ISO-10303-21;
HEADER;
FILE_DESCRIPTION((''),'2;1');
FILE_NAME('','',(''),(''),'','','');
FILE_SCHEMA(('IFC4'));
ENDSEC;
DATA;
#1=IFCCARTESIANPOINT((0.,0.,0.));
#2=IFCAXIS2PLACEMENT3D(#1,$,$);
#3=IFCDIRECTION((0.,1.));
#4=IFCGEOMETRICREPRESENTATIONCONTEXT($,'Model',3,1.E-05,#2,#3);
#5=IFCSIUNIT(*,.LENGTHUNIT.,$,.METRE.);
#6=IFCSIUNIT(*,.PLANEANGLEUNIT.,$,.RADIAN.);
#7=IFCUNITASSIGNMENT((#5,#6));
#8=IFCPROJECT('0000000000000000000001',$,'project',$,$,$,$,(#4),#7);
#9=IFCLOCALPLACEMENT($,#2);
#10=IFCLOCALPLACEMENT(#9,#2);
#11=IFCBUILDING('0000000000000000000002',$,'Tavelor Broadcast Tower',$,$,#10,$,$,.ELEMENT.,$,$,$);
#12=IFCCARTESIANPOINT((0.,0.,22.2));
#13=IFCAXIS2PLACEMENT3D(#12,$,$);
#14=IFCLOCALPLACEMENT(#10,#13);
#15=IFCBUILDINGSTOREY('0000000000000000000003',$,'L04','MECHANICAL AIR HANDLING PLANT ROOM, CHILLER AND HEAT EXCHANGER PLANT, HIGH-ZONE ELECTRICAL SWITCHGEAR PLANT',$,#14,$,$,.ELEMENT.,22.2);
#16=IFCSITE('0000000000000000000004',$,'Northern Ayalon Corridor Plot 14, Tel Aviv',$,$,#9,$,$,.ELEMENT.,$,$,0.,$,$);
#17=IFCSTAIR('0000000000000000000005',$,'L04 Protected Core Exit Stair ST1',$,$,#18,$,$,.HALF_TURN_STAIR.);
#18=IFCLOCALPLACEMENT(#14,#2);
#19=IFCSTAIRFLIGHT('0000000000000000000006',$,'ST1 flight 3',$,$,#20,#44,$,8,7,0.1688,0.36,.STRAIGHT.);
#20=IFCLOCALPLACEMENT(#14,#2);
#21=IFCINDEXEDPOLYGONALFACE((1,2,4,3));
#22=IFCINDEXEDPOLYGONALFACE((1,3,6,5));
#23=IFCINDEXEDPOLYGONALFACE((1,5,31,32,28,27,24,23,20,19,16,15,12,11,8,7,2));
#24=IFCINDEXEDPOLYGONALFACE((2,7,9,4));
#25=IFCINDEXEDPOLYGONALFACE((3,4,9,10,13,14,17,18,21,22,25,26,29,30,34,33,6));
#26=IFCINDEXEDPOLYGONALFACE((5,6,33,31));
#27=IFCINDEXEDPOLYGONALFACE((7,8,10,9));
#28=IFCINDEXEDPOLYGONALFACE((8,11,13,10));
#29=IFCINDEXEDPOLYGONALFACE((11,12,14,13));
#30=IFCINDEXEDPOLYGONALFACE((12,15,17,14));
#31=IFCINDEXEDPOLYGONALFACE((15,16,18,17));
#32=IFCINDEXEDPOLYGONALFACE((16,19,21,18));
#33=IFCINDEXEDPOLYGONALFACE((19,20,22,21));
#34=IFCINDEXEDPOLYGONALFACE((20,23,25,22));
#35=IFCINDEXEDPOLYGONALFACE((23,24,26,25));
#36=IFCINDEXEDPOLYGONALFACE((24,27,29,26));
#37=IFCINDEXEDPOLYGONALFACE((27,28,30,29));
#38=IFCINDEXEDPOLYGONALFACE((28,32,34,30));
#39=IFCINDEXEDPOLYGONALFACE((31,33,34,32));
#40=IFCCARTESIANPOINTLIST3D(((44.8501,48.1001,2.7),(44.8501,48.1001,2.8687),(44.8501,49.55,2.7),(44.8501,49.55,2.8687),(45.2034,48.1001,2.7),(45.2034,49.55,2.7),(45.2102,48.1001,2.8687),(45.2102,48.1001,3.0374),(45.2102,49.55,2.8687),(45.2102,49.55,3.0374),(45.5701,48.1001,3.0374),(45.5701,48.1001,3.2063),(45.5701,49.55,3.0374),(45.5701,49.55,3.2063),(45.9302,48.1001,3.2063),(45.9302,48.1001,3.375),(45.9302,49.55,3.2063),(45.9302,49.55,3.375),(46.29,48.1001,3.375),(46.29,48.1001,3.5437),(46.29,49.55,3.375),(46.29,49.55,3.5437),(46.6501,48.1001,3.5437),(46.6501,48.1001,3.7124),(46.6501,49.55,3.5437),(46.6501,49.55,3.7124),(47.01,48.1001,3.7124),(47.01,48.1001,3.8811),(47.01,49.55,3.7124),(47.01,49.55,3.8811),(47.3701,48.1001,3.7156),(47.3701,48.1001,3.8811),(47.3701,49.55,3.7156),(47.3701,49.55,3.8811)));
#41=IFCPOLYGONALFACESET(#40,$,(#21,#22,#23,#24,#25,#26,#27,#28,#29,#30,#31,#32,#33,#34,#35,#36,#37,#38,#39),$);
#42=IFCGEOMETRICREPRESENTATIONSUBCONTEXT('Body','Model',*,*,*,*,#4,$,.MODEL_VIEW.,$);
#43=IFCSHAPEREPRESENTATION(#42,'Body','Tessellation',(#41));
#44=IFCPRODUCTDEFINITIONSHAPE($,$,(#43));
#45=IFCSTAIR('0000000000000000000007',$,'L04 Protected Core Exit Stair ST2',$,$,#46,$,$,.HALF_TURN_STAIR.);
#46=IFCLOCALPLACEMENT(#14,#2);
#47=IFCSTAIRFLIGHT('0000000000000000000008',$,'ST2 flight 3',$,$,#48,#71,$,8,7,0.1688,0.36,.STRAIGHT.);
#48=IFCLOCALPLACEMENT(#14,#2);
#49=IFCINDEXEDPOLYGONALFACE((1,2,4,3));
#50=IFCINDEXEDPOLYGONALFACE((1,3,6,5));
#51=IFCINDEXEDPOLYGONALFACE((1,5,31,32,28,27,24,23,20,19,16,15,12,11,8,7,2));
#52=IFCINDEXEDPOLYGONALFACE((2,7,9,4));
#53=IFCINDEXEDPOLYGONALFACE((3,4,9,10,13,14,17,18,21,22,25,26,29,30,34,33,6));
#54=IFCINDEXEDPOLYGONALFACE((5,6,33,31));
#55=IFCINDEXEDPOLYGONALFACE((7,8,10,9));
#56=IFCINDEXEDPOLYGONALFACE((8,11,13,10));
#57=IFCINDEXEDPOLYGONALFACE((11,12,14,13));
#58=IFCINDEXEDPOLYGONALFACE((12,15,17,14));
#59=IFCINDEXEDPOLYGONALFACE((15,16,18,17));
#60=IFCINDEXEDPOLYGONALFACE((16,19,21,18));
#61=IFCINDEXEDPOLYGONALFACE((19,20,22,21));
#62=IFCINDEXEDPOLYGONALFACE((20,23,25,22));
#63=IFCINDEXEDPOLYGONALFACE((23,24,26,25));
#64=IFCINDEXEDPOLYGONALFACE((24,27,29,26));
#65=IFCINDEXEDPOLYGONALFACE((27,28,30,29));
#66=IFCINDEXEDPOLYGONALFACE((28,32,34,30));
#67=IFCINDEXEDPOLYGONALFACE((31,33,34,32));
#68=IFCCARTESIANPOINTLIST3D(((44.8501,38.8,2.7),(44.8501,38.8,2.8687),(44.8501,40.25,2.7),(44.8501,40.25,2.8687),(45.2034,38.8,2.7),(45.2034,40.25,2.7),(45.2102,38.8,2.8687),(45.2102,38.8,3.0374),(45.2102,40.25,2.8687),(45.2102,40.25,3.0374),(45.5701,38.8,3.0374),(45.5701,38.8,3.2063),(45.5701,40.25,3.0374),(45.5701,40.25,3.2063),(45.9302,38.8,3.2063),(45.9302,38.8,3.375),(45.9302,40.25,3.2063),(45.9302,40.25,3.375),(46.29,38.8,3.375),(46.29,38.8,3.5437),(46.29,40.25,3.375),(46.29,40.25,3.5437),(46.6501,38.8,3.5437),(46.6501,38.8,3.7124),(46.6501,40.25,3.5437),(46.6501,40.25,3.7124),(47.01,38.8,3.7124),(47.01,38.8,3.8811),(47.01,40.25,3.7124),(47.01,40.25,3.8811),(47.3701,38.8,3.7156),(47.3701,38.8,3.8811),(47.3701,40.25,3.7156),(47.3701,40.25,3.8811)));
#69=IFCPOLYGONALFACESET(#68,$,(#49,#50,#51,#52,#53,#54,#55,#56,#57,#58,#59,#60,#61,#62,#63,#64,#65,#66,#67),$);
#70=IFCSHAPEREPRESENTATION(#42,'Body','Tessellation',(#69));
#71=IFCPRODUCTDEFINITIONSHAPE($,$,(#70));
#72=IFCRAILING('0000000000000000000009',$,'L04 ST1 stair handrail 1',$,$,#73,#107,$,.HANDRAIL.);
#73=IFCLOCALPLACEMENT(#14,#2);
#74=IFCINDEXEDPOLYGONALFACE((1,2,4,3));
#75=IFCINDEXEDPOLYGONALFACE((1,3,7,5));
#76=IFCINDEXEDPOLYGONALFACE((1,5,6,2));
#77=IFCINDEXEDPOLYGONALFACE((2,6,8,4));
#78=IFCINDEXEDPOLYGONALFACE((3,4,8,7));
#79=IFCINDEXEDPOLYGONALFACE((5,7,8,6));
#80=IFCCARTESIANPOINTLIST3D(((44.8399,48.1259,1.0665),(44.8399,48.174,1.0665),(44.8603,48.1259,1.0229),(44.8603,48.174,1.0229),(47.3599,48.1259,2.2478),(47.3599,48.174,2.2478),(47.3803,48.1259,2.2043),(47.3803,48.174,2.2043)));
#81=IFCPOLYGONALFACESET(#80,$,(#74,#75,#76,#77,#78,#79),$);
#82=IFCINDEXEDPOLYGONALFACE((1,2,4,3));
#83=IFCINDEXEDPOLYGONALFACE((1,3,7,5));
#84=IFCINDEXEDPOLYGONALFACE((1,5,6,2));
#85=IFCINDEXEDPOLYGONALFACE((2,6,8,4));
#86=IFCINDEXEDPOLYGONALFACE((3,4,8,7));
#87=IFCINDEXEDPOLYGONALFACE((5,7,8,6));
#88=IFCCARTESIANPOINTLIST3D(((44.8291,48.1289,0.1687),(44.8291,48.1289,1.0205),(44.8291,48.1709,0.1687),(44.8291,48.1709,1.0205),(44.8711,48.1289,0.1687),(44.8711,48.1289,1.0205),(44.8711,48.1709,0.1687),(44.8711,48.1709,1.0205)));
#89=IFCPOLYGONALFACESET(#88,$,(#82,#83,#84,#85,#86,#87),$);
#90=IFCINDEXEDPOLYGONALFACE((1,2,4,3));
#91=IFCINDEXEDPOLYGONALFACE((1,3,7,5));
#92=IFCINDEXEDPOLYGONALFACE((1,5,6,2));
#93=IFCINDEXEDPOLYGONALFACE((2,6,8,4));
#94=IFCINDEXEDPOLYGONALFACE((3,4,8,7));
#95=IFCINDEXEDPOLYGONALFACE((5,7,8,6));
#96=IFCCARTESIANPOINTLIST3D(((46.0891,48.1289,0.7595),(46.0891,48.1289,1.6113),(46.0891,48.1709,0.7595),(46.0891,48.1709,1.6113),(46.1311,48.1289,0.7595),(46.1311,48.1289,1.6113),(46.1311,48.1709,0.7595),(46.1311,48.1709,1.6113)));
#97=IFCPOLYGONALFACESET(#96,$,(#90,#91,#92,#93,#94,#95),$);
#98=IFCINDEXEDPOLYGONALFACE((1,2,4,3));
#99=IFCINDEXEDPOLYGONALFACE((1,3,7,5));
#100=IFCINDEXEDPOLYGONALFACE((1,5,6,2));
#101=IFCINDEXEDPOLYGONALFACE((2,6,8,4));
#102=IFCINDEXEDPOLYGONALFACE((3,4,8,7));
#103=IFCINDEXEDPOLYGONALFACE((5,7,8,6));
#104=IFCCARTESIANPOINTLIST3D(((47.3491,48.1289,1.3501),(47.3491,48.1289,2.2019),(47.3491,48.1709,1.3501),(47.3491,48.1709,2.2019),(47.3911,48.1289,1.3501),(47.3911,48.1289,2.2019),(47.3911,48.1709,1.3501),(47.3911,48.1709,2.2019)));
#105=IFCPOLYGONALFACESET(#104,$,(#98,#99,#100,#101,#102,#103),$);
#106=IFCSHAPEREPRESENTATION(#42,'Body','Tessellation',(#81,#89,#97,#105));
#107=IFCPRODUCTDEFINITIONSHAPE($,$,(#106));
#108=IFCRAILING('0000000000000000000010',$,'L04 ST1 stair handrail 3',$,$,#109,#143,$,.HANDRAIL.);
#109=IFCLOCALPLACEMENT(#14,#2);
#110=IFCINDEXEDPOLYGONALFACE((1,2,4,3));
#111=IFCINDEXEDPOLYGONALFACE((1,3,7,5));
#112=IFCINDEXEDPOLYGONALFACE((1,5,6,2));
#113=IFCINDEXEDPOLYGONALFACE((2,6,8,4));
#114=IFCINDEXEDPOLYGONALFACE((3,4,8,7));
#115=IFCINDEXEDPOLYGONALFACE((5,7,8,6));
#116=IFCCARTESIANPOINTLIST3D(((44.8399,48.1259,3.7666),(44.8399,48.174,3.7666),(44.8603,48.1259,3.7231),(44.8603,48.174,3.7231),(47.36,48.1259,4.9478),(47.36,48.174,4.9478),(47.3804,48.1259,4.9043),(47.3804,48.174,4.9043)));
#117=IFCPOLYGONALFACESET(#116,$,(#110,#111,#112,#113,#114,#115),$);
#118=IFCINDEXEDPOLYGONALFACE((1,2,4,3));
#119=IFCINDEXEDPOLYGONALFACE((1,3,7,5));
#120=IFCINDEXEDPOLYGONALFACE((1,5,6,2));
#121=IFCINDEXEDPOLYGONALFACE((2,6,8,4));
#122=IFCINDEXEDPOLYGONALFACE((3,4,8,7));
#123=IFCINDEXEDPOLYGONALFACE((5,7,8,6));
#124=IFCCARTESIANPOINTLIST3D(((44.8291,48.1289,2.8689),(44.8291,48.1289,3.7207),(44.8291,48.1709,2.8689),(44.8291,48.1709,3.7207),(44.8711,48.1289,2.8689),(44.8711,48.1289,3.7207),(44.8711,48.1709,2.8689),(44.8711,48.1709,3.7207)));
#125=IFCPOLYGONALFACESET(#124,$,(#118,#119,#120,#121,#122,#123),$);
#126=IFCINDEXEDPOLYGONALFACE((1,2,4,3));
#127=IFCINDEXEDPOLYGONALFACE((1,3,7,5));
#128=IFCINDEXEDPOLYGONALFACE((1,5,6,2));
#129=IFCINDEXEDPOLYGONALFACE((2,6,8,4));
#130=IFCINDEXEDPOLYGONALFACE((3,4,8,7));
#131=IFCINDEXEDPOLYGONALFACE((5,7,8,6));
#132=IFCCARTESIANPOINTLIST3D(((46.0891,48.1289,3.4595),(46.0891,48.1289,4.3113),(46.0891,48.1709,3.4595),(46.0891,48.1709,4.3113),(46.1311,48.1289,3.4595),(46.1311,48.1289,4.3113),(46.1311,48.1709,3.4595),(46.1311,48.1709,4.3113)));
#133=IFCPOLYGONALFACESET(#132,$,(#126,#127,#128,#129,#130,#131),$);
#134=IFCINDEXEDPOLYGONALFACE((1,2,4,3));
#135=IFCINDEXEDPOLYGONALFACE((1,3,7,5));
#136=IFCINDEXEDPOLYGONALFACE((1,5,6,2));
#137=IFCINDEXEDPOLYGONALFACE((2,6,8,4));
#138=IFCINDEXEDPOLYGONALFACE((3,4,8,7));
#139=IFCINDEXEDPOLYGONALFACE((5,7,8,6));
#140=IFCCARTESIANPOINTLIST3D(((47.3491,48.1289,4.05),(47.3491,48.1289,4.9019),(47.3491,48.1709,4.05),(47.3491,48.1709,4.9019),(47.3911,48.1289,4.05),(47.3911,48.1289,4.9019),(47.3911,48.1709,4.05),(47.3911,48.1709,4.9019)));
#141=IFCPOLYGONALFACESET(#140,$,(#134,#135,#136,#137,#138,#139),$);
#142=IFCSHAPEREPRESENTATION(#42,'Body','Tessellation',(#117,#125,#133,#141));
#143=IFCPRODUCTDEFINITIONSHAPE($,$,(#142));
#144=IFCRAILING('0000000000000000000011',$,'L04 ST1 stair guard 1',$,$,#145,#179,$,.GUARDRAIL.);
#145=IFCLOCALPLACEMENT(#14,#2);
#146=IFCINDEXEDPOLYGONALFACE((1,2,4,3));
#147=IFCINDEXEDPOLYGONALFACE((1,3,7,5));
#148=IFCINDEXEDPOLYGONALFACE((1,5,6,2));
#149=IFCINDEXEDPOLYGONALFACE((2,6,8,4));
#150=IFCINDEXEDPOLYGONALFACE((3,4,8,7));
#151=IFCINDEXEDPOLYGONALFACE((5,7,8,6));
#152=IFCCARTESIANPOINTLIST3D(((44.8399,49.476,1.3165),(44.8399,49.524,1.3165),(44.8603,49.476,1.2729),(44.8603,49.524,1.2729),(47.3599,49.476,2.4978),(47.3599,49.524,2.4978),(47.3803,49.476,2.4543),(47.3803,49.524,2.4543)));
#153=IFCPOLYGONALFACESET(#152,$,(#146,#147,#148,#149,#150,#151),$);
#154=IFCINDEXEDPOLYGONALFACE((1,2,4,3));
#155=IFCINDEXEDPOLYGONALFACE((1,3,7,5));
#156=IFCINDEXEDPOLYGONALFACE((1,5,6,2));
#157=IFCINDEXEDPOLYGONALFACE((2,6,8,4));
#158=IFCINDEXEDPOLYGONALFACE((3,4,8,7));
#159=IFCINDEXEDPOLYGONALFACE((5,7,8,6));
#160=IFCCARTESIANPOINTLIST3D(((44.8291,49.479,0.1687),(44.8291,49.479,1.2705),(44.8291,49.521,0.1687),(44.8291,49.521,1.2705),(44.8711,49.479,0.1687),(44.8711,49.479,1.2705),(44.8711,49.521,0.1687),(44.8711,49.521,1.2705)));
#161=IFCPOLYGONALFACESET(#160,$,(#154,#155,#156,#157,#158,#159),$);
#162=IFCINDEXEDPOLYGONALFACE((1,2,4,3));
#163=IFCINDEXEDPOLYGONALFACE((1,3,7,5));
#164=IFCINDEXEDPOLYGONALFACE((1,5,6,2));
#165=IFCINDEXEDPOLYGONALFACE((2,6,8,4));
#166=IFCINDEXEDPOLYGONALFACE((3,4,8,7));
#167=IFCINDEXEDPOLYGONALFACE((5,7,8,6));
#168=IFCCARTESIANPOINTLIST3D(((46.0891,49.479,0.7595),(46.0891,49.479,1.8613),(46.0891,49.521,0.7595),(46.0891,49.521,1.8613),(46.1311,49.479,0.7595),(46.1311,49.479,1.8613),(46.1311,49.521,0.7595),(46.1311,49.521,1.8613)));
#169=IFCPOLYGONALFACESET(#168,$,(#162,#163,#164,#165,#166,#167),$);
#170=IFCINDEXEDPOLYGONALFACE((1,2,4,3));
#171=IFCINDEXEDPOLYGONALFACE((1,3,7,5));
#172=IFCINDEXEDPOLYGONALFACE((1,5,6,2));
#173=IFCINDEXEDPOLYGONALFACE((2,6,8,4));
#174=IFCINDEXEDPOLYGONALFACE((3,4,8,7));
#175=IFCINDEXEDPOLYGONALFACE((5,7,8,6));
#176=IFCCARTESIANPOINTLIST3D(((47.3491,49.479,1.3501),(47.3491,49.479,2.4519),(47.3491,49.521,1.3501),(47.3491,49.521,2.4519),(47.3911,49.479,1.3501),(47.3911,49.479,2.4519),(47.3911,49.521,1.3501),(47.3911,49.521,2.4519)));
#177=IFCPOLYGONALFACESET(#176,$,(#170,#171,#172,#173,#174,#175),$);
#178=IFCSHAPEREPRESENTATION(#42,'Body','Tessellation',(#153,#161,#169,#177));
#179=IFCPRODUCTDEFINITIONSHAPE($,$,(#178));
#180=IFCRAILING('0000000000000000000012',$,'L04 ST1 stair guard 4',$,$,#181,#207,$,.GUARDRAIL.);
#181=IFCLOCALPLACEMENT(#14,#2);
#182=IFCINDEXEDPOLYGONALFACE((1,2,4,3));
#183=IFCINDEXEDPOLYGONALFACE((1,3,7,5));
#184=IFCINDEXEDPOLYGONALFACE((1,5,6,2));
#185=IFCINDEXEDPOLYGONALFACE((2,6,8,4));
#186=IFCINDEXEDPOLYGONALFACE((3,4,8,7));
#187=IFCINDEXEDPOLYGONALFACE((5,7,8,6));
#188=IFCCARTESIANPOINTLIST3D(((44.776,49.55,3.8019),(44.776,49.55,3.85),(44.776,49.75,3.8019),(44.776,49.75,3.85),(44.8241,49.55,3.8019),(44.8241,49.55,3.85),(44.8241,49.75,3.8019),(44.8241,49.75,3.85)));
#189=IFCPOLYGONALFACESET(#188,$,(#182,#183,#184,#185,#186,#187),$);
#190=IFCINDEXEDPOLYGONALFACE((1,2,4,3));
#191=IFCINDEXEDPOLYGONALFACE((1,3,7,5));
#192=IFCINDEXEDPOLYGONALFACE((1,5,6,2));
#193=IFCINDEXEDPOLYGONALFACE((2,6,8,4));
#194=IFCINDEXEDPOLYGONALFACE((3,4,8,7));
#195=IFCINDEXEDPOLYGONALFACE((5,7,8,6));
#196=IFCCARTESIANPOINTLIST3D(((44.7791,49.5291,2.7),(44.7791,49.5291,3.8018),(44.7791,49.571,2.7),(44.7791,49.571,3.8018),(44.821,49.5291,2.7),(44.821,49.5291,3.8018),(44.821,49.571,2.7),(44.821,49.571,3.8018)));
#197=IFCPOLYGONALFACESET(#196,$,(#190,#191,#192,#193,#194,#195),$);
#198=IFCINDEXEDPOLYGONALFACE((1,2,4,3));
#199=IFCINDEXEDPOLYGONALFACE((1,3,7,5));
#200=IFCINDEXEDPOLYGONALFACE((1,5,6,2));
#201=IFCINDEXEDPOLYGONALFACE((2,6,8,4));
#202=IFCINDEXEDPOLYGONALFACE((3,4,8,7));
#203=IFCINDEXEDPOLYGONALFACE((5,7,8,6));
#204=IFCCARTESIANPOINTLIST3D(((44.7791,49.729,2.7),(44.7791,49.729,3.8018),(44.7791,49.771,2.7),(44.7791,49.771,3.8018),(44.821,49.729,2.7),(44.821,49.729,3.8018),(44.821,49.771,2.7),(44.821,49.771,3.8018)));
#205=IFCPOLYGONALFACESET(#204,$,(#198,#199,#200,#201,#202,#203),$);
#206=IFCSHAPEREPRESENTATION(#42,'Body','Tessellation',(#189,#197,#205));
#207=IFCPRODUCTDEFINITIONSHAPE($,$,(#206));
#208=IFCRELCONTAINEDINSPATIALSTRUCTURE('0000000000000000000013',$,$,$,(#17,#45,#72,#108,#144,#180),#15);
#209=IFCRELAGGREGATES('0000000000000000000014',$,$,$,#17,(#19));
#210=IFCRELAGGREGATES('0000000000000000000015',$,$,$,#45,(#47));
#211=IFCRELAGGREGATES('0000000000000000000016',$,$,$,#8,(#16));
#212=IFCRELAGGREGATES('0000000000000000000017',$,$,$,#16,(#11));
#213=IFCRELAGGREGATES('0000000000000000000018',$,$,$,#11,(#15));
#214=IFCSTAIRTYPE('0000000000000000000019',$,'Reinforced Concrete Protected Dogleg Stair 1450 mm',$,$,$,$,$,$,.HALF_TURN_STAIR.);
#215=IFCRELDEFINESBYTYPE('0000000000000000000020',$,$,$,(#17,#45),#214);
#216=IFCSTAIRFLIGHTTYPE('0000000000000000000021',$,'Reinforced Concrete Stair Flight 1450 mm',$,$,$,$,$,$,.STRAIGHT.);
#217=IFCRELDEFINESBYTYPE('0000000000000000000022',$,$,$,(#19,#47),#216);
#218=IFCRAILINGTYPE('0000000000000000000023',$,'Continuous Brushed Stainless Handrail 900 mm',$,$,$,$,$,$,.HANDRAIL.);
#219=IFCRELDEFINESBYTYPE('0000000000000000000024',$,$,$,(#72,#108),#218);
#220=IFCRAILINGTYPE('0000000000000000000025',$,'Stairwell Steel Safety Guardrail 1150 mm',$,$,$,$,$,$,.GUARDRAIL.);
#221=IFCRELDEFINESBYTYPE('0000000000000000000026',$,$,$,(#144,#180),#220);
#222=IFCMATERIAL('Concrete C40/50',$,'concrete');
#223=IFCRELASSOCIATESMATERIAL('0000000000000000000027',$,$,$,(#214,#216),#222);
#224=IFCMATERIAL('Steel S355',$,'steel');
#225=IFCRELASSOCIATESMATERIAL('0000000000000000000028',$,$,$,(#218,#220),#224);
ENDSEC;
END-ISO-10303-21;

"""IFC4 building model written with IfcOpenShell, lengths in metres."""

from ifc_helpers import new_model, si_unit, direction, frame, origin, origin_2d, place, context, subcontext, project, spatial, polyline, rectangle, outline, extrude, material, type_object, element, aggregate, save


model = new_model("IFC4")

# Units and contexts
model_context = context("Model", 3, precision=1e-05, world=origin(), true_north=direction((0.0, 1.0)))
body_context = subcontext(model_context, "Body", "Model", "MODEL_VIEW")
ifc_project = project(units=[si_unit("LENGTHUNIT", "METRE"), si_unit("PLANEANGLEUNIT", "RADIAN")], contexts=[model_context])

# Site, building, storey
site_placement = place(None, origin())
site = spatial("IfcSite", under=ifc_project, at=site_placement, Name="Northern Ayalon Corridor Plot 14, Tel Aviv", CompositionType="ELEMENT", RefElevation=0.0)
building_placement = place(site_placement, origin())
building = spatial("IfcBuilding", under=site, at=building_placement, Name="Tavelor Broadcast Tower", CompositionType="ELEMENT")
storey_placement = place(building_placement, frame((0.0, 0.0, 22.2)))
storey = spatial("IfcBuildingStorey", under=building, at=storey_placement, Name="L04", Description="MECHANICAL AIR HANDLING PLANT ROOM, CHILLER AND HEAT EXCHANGER PLANT, HIGH-ZONE ELECTRICAL SWITCHGEAR PLANT", CompositionType="ELEMENT", Elevation=22.2)

# Shared definitions
ifc_material_1 = material(Name="Steel S355", Category="steel")

# Stair, stair flight
ifc_material_2 = material(Name="Concrete C40/50", Category="concrete")
stair_type = type_object("IfcStairType", Name="Reinforced Concrete Protected Dogleg Stair 1450 mm", PredefinedType="HALF_TURN_STAIR", material=ifc_material_2)
stair_1_placement = place(storey_placement, origin())
stair_1 = element("IfcStair", 1, at=stair_1_placement, inside=storey, type_object=stair_type, Name="L04 Protected Core Exit Stair ST1", PredefinedType="HALF_TURN_STAIR")
stair_flight_type = type_object("IfcStairFlightType", Name="Reinforced Concrete Stair Flight 1450 mm", PredefinedType="STRAIGHT", material=ifc_material_2)
stair_flight_1_placement = place(storey_placement, frame((44.8501, 48.825, 2.7), z_axis=(0.0, 0.0, 1.0), x_axis=(1.0, 0.0, 0.0)))
stair_flight_1 = element("IfcStairFlight", 2, at=stair_flight_1_placement, type_object=stair_flight_type, Name="ST1 flight 3", NumberOfRisers=8, NumberOfTreads=7, PredefinedType="STRAIGHT", RiserHeight=0.1688, TreadLength=0.36, context=body_context, shape_type="SweptSolid", body=[
    extrude(outline(polyline([(0.0, 0.0), (0.0, 0.1687), (0.3601, 0.1687), (0.3601, 0.3374), (0.72, 0.3374), (0.72, 0.5063), (1.0801, 0.5063), (1.0801, 0.675), (1.4399, 0.675), (1.4399, 0.8438), (1.8, 0.8438), (1.8, 1.0125), (2.1599, 1.0125), (2.1599, 1.1812), (2.52, 1.1812), (2.52, 1.3501), (2.52, 1.0156), (0.3533, 0.0), (0.0, 0.0)])), frame((0.0, 0.7251, 0.0), z_axis=(0.0, -1.0, 0.0), x_axis=(1.0, 0.0, 0.0)), (0.0, 0.0, 1.0), 1.45),
])
aggregate(stair_1, [stair_flight_1])

# Stair, stair flight
stair_2_placement = place(storey_placement, origin())
stair_2 = element("IfcStair", 3, at=stair_2_placement, inside=storey, type_object=stair_type, Name="L04 Protected Core Exit Stair ST2", PredefinedType="HALF_TURN_STAIR")
stair_flight_2_placement = place(storey_placement, frame((44.8501, 39.5249, 2.7), z_axis=(0.0, 0.0, 1.0), x_axis=(1.0, 0.0, 0.0)))
stair_flight_2 = element("IfcStairFlight", 4, at=stair_flight_2_placement, type_object=stair_flight_type, Name="ST2 flight 3", NumberOfRisers=8, NumberOfTreads=7, PredefinedType="STRAIGHT", RiserHeight=0.1688, TreadLength=0.36, context=body_context, shape_type="SweptSolid", body=[
    extrude(outline(polyline([(0.0, 0.0), (0.0, 0.1687), (0.3601, 0.1687), (0.3601, 0.3374), (0.72, 0.3374), (0.72, 0.5063), (1.0801, 0.5063), (1.0801, 0.675), (1.4399, 0.675), (1.4399, 0.8438), (1.8, 0.8438), (1.8, 1.0125), (2.1599, 1.0125), (2.1599, 1.1812), (2.52, 1.1812), (2.52, 1.3501), (2.52, 1.0156), (0.3533, 0.0), (0.0, 0.0)])), frame((0.0, 0.7251, 0.0), z_axis=(0.0, -1.0, 0.0), x_axis=(1.0, 0.0, 0.0)), (0.0, 0.0, 1.0), 1.45),
])
aggregate(stair_2, [stair_flight_2])

# Railings
railing_type_1 = type_object("IfcRailingType", Name="Continuous Brushed Stainless Handrail 900 mm", PredefinedType="HANDRAIL", material=ifc_material_1)
railing_1_placement = place(storey_placement, frame((44.8501, 48.1499, 0.1687)))
element("IfcRailing", 5, at=railing_1_placement, inside=storey, type_object=railing_type_1, Name="L04 ST1 stair handrail 1", PredefinedType="HANDRAIL", context=body_context, shape_type="SweptSolid", body=[
    extrude(rectangle(XDim=0.0481, YDim=0.0481, at=origin_2d()), frame((0.0, 0.0, 0.876), z_axis=(0.90544, 0.0, 0.424474), x_axis=(0.0, 1.0, 0.0)), (0.0, 0.0, 1.0), 2.7832),
    extrude(rectangle(XDim=0.042, YDim=0.042, at=origin_2d()), origin(), (0.0, 0.0, 1.0), 0.8518),
    extrude(rectangle(XDim=0.042, YDim=0.042, at=origin_2d()), frame((1.26, 0.0, 0.5908)), (0.0, 0.0, 1.0), 0.8518),
    extrude(rectangle(XDim=0.042, YDim=0.042, at=origin_2d()), frame((2.52, 0.0, 1.1814)), (0.0, 0.0, 1.0), 0.8518),
])
railing_2_placement = place(storey_placement, frame((44.8501, 48.1499, 2.8689)))
element("IfcRailing", 6, at=railing_2_placement, inside=storey, type_object=railing_type_1, Name="L04 ST1 stair handrail 3", PredefinedType="HANDRAIL", context=body_context, shape_type="SweptSolid", body=[
    extrude(rectangle(XDim=0.0481, YDim=0.0481, at=origin_2d()), frame((0.0, 0.0, 0.876), z_axis=(0.905474, 0.0, 0.424402), x_axis=(0.0, 1.0, 0.0)), (0.0, 0.0, 1.0), 2.7832),
    extrude(rectangle(XDim=0.042, YDim=0.042, at=origin_2d()), origin(), (0.0, 0.0, 1.0), 0.8518),
    extrude(rectangle(XDim=0.042, YDim=0.042, at=origin_2d()), frame((1.26, 0.0, 0.5906)), (0.0, 0.0, 1.0), 0.8518),
    extrude(rectangle(XDim=0.042, YDim=0.042, at=origin_2d()), frame((2.52, 0.0, 1.1812)), (0.0, 0.0, 1.0), 0.8518),
])
railing_type_2 = type_object("IfcRailingType", Name="Stairwell Steel Safety Guardrail 1150 mm", PredefinedType="GUARDRAIL", material=ifc_material_1)
railing_3_placement = place(storey_placement, frame((44.8501, 49.5, 0.1687)))
element("IfcRailing", 7, at=railing_3_placement, inside=storey, type_object=railing_type_2, Name="L04 ST1 stair guard 1", PredefinedType="GUARDRAIL", context=body_context, shape_type="SweptSolid", body=[
    extrude(rectangle(XDim=0.0481, YDim=0.0481, at=origin_2d()), frame((0.0, 0.0, 1.126), z_axis=(0.90544, 0.0, 0.424474), x_axis=(0.0, 1.0, 0.0)), (0.0, 0.0, 1.0), 2.7832),
    extrude(rectangle(XDim=0.042, YDim=0.042, at=origin_2d()), origin(), (0.0, 0.0, 1.0), 1.1018),
    extrude(rectangle(XDim=0.042, YDim=0.042, at=origin_2d()), frame((1.26, 0.0, 0.5908)), (0.0, 0.0, 1.0), 1.1018),
    extrude(rectangle(XDim=0.042, YDim=0.042, at=origin_2d()), frame((2.52, 0.0, 1.1814)), (0.0, 0.0, 1.0), 1.1018),
])
railing_4_placement = place(storey_placement, frame((44.8, 49.55, 2.7)))
element("IfcRailing", 8, at=railing_4_placement, inside=storey, type_object=railing_type_2, Name="L04 ST1 stair guard 4", PredefinedType="GUARDRAIL", context=body_context, shape_type="SweptSolid", body=[
    extrude(rectangle(XDim=0.0481, YDim=0.0481, at=origin_2d()), frame((0.0, 0.0, 1.126), z_axis=(0.0, 1.0, 0.0), x_axis=(-1.0, 0.0, 0.0)), (0.0, 0.0, 1.0), 0.2),
    extrude(rectangle(XDim=0.042, YDim=0.042, at=origin_2d()), origin(), (0.0, 0.0, 1.0), 1.1018),
    extrude(rectangle(XDim=0.042, YDim=0.042, at=origin_2d()), frame((0.0, 0.2, 0.0)), (0.0, 0.0, 1.0), 1.1018),
])

save(model, "model.ifc")
